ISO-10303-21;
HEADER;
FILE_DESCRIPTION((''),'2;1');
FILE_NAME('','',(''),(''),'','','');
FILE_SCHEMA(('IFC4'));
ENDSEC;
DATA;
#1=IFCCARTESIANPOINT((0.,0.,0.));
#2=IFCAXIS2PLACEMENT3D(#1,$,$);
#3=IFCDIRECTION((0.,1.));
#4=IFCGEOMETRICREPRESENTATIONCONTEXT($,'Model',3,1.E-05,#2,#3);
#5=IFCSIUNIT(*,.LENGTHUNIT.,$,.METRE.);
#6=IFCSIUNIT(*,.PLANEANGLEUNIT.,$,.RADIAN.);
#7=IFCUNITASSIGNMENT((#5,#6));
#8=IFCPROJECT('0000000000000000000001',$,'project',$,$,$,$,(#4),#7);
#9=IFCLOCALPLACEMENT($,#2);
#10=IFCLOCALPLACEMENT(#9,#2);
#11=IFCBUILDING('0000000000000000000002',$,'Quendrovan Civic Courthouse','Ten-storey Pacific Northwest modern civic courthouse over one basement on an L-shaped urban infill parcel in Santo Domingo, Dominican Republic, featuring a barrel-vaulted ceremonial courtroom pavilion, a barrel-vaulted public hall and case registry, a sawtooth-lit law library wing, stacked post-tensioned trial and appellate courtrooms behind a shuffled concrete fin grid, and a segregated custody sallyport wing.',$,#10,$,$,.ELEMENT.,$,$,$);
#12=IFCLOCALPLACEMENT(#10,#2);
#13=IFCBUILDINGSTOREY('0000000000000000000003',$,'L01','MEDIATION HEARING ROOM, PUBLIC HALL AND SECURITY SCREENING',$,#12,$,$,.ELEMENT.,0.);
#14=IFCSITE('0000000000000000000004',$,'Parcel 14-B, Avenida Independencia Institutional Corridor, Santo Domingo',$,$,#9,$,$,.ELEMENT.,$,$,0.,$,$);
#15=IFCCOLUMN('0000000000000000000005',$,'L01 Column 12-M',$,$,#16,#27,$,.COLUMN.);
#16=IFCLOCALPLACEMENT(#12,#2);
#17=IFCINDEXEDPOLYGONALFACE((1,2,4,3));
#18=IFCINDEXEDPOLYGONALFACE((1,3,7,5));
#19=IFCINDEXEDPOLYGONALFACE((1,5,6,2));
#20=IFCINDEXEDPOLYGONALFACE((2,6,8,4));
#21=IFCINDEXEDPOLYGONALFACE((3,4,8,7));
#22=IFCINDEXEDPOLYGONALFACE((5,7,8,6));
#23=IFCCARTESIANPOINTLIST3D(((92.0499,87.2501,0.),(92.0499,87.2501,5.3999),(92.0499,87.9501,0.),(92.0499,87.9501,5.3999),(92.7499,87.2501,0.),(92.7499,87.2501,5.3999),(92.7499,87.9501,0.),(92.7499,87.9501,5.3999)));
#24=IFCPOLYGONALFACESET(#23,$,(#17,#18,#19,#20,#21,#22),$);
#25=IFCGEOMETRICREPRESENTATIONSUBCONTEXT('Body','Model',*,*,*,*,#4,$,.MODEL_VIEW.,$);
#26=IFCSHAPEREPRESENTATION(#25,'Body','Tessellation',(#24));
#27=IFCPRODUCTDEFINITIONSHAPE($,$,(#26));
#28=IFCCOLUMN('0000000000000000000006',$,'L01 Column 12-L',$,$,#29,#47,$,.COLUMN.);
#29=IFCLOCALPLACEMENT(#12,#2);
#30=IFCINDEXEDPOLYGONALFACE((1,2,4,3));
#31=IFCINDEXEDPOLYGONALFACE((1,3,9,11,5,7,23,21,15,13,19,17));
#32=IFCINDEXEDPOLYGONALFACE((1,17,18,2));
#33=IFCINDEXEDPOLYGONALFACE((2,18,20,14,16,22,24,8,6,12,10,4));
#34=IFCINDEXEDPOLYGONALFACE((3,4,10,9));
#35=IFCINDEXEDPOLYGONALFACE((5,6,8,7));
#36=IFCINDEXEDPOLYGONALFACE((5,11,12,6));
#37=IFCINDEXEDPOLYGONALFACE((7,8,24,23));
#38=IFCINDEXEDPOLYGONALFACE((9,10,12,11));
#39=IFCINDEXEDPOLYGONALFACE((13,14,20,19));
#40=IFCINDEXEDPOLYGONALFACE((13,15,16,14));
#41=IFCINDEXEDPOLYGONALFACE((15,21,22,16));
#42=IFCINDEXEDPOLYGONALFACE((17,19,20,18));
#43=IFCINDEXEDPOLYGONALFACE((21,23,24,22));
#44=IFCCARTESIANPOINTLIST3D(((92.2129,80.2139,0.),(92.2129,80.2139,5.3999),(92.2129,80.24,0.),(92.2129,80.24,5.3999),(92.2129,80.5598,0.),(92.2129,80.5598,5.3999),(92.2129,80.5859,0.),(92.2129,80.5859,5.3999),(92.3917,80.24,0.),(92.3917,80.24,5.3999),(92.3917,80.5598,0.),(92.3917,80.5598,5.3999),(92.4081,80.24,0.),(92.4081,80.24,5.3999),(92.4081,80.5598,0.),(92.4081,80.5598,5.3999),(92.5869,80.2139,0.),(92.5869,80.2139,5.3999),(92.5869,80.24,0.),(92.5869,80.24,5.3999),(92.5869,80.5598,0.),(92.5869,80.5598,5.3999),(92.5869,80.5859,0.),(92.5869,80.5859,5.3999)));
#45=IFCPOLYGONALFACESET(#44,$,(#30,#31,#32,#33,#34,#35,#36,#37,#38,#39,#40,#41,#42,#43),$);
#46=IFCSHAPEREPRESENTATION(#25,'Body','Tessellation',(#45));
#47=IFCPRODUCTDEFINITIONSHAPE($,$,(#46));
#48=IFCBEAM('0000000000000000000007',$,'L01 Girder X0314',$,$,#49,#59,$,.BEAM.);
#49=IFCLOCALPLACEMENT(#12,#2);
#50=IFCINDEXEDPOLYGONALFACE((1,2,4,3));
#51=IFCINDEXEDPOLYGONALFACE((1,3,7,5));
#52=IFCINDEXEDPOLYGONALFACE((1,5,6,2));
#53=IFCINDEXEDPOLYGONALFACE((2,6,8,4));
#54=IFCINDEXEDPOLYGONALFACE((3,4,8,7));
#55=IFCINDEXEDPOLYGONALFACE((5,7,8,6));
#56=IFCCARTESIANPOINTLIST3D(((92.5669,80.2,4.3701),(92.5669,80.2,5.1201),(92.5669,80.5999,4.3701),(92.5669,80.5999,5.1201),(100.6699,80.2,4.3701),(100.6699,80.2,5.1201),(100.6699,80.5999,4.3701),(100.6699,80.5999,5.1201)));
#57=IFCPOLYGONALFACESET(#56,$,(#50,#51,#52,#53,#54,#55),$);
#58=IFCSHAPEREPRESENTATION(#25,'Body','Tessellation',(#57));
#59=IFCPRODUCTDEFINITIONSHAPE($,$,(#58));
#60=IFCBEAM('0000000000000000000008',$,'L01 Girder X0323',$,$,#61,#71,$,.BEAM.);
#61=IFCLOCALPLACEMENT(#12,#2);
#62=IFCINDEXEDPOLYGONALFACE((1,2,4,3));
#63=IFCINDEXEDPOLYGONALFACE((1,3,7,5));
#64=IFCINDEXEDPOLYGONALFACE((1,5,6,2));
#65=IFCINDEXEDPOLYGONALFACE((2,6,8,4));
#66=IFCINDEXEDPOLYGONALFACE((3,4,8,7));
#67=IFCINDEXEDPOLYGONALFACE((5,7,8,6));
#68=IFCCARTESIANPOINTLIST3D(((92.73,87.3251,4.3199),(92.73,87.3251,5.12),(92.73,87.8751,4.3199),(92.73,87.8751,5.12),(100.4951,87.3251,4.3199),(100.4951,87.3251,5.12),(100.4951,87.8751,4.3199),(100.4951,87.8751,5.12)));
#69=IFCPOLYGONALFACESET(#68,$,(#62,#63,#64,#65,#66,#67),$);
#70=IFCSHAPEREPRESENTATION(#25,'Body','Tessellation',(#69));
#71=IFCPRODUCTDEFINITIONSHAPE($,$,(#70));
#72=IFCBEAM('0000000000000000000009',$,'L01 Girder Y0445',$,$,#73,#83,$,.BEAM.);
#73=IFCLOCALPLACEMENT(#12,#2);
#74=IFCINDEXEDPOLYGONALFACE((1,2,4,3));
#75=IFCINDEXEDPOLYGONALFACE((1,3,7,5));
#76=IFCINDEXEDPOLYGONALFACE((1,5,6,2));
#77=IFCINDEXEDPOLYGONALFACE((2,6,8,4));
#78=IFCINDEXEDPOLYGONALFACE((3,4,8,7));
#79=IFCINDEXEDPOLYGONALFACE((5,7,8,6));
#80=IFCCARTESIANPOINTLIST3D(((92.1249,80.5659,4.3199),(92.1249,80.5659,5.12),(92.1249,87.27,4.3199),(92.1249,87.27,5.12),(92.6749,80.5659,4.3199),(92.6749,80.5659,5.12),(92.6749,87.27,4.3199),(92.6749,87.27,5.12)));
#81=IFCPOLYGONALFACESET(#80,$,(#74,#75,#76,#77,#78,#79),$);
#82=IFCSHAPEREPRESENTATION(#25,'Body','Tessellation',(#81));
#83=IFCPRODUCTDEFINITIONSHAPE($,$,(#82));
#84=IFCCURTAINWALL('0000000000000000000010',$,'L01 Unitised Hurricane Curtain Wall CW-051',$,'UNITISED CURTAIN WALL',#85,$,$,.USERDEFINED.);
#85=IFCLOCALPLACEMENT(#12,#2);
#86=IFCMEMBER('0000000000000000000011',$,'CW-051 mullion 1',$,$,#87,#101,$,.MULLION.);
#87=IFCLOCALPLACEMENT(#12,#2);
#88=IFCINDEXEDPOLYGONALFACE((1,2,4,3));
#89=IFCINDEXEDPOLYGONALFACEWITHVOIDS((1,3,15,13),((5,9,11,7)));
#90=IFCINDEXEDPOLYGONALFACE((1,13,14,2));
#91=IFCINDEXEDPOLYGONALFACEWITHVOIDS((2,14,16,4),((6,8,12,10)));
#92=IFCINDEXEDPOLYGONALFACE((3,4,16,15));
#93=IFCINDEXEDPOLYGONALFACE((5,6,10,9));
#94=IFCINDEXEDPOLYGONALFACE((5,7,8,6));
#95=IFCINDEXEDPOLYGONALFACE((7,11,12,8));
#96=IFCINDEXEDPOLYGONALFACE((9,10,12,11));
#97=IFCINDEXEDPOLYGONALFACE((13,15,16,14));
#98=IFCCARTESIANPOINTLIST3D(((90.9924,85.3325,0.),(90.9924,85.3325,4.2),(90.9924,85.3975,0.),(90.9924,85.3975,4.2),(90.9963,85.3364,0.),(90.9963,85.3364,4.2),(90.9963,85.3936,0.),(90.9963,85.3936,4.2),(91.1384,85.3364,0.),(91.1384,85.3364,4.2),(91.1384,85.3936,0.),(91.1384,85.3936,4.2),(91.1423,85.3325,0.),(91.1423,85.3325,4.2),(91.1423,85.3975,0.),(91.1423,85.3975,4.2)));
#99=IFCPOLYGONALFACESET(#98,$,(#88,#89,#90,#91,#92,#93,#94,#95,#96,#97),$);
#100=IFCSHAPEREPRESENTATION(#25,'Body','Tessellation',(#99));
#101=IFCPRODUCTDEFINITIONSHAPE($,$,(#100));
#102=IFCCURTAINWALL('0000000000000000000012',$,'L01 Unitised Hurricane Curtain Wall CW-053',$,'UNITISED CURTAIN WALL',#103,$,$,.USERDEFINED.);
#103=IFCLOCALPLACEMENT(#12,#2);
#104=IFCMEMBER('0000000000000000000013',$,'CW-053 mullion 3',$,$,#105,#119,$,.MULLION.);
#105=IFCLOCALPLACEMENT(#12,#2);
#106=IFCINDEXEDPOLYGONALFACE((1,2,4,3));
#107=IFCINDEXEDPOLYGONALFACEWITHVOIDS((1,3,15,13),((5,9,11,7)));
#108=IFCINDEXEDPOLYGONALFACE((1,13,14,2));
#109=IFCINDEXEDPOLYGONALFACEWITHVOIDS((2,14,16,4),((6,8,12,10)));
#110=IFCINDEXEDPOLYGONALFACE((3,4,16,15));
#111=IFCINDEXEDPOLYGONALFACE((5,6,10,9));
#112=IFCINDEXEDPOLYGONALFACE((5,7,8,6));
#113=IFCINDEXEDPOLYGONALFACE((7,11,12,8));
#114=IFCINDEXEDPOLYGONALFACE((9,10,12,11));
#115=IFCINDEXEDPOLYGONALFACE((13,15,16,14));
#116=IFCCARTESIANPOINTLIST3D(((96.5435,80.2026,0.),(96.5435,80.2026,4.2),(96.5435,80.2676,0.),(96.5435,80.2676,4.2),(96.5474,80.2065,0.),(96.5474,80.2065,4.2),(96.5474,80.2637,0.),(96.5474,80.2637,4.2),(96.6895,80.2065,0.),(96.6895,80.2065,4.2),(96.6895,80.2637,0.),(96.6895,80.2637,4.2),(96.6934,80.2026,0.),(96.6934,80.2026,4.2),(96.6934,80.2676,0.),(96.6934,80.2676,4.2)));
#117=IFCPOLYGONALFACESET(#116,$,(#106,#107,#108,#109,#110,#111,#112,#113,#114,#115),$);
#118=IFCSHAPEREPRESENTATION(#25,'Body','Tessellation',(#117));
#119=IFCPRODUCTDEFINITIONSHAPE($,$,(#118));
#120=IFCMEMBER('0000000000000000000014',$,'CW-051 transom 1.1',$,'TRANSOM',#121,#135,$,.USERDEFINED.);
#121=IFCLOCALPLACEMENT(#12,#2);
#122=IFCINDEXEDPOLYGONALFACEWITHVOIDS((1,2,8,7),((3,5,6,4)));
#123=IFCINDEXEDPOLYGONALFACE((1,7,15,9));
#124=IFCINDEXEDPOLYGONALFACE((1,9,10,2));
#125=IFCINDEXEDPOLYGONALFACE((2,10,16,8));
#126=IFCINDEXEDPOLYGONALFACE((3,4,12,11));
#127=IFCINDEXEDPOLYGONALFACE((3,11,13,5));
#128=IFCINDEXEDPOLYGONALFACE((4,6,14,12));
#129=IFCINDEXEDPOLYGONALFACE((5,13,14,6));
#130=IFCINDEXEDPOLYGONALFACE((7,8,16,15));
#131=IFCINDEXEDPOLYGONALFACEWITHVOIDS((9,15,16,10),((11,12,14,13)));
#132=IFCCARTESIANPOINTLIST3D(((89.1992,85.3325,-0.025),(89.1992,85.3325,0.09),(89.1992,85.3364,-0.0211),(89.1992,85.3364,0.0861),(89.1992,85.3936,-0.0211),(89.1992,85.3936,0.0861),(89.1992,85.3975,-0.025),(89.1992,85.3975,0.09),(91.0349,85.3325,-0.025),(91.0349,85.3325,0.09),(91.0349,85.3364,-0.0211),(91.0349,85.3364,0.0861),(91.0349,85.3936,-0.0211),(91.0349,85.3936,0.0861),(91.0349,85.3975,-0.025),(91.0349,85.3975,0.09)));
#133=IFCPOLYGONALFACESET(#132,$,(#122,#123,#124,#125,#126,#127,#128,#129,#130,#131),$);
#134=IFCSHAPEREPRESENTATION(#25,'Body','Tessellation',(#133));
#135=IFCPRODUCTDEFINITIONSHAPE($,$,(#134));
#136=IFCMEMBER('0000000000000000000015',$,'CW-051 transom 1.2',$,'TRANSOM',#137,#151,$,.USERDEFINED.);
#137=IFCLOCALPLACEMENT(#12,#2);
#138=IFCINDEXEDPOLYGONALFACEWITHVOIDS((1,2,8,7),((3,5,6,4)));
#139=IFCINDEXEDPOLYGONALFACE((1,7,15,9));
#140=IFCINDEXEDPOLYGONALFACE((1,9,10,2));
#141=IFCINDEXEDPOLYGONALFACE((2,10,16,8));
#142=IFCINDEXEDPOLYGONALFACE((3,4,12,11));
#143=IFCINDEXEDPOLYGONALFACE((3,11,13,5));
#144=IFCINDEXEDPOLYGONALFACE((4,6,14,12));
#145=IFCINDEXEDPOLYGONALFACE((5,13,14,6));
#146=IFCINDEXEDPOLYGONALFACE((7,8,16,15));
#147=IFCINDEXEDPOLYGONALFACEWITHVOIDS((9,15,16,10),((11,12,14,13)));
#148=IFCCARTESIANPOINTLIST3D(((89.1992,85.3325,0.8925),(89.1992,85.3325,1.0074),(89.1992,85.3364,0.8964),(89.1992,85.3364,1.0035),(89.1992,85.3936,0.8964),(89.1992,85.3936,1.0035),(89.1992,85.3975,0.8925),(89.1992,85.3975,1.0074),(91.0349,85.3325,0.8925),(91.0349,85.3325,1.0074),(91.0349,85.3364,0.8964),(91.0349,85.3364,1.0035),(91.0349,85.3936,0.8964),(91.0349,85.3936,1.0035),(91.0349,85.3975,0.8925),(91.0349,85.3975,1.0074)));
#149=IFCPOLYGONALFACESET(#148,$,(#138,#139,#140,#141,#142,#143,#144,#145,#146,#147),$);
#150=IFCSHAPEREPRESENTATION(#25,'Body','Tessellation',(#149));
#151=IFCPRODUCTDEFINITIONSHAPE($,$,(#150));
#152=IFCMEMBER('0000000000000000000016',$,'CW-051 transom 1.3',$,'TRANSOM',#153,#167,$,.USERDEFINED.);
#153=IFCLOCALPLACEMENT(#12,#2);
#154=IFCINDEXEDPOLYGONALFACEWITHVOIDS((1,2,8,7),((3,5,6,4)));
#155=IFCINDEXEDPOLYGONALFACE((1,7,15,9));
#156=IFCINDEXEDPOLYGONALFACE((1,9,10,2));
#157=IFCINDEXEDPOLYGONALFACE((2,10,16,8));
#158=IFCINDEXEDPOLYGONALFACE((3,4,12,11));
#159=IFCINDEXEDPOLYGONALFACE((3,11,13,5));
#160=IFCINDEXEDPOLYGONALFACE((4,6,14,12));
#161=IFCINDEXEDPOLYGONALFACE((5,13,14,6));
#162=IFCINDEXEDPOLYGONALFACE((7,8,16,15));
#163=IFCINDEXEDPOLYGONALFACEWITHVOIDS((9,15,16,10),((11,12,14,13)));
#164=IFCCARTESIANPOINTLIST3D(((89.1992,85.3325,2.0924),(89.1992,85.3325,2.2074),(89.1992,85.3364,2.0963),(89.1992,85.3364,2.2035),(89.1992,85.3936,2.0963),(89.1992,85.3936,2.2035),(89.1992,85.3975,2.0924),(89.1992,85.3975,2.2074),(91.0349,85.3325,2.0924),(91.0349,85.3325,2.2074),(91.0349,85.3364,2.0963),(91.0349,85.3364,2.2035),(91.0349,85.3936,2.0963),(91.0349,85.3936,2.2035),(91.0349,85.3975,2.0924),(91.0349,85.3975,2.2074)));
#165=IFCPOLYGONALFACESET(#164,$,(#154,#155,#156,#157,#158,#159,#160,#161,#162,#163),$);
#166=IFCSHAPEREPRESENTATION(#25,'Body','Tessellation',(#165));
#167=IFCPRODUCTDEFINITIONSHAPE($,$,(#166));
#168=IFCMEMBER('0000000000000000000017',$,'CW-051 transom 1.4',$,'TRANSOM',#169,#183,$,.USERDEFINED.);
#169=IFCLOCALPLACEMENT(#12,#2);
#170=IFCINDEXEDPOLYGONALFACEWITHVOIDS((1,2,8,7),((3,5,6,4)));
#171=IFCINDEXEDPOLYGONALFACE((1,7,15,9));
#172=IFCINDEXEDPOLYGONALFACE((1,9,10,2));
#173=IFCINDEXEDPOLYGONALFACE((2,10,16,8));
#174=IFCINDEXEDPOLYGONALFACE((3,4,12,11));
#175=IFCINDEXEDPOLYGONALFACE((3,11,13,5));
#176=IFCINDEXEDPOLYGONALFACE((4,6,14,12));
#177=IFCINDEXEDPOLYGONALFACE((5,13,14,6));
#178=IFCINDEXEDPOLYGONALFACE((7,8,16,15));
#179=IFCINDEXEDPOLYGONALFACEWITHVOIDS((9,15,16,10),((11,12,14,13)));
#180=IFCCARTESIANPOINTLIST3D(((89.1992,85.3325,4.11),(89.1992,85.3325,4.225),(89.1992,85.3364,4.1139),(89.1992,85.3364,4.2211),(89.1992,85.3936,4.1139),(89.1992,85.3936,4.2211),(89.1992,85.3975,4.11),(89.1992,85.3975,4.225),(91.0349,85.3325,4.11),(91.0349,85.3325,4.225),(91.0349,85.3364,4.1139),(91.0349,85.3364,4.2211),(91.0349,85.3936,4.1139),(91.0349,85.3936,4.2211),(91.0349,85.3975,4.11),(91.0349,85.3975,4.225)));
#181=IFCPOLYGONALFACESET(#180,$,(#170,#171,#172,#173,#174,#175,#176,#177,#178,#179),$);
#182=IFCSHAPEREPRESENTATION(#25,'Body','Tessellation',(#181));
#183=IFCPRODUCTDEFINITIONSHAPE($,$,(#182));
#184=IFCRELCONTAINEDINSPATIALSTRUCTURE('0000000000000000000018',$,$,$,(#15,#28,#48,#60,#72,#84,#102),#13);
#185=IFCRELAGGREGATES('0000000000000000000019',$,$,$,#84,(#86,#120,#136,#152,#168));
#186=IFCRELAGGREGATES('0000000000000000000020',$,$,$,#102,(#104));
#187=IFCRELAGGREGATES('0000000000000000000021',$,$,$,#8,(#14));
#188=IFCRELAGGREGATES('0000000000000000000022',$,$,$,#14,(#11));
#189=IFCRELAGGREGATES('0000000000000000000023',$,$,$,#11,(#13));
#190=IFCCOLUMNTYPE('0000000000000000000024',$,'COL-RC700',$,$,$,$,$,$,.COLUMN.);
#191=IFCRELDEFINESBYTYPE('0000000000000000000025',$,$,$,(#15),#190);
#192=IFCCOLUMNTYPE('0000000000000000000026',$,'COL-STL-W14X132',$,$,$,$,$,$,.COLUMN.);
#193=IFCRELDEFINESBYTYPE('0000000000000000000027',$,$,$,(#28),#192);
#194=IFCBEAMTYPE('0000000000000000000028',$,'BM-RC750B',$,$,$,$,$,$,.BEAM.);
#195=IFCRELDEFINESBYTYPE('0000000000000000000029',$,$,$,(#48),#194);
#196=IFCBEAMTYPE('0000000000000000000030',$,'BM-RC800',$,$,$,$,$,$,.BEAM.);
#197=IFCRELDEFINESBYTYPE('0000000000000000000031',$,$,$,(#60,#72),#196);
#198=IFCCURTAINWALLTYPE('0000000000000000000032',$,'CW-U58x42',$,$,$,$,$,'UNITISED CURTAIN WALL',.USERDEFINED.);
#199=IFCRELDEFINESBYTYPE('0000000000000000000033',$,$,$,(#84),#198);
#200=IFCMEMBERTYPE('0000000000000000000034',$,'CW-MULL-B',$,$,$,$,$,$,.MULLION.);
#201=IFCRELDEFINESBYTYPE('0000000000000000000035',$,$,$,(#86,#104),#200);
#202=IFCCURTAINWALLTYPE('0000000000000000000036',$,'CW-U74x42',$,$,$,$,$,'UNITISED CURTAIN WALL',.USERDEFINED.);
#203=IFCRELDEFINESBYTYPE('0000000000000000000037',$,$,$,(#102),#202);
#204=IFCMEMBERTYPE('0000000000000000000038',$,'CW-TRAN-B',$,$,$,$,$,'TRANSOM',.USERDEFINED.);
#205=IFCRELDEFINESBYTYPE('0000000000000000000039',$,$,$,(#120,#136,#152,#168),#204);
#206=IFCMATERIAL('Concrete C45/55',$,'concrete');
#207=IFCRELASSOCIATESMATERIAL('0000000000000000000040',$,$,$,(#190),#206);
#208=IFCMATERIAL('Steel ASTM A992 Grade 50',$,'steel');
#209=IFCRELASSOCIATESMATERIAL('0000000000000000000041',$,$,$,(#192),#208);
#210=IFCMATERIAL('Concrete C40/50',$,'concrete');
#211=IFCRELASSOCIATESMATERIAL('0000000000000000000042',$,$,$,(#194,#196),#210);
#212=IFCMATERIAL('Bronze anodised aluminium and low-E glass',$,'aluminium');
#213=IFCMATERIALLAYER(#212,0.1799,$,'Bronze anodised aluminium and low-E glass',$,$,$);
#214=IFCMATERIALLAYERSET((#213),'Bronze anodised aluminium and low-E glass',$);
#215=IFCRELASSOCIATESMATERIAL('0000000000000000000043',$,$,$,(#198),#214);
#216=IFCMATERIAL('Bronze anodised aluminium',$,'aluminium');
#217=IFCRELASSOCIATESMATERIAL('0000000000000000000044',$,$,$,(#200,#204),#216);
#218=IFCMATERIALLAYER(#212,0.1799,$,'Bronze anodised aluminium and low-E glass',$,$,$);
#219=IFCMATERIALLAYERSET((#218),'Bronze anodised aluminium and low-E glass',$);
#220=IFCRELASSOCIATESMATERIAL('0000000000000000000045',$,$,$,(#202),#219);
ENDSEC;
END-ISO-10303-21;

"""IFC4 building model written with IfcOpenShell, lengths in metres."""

from ifc_helpers import new_model, si_unit, direction, frame, origin, origin_2d, place, context, subcontext, project, spatial, rectangle, hollow_rectangle, i_section, extrude, material, layer, layer_set, material_profile, profile_set, type_object, element, aggregate, save


model = new_model("IFC4")

# Units and contexts
model_context = context("Model", 3, precision=1e-05, world=origin(), true_north=direction((0.0, 1.0)))
body_context = subcontext(model_context, "Body", "Model", "MODEL_VIEW")
ifc_project = project(units=[si_unit("LENGTHUNIT", "METRE"), si_unit("PLANEANGLEUNIT", "RADIAN")], contexts=[model_context])

# Site, building, storey
site_placement = place(None, origin())
site = spatial("IfcSite", under=ifc_project, at=site_placement, Name="Parcel 14-B, Avenida Independencia Institutional Corridor, Santo Domingo", CompositionType="ELEMENT", RefElevation=0.0)
building_placement = place(site_placement, origin())
building = spatial("IfcBuilding", under=site, at=building_placement, Name="Quendrovan Civic Courthouse", Description="Ten-storey Pacific Northwest modern civic courthouse over one basement on an L-shaped urban infill parcel in Santo Domingo, Dominican Republic, featuring a barrel-vaulted ceremonial courtroom pavilion, a barrel-vaulted public hall and case registry, a sawtooth-lit law library wing, stacked post-tensioned trial and appellate courtrooms behind a shuffled concrete fin grid, and a segregated custody sallyport wing.", CompositionType="ELEMENT")
storey_placement = place(building_placement, origin())
storey = spatial("IfcBuildingStorey", under=building, at=storey_placement, Name="L01", Description="MEDIATION HEARING ROOM, PUBLIC HALL AND SECURITY SCREENING", CompositionType="ELEMENT", Elevation=0.0)

# Columns
ifc_material_1 = material(Name="Concrete C45/55", Category="concrete")
ifc_material_profile_1 = material_profile(ifc_material_1, rectangle(XDim=0.7, YDim=0.7, at=origin_2d()), Name="RC-COL-700x700")
ifc_profile_set_1 = profile_set([ifc_material_profile_1], Name="Concrete C45/55")
column_type_1 = type_object("IfcColumnType", Name="COL-RC700", PredefinedType="COLUMN", material=ifc_profile_set_1)
column_1_placement = place(storey_placement, frame((92.3999, 87.6001, 0.0), z_axis=(0.0, 0.0, 1.0), x_axis=(1.0, 0.0, 0.0)))
element("IfcColumn", 1, at=column_1_placement, inside=storey, type_object=column_type_1, Name="L01 Column 12-M", PredefinedType="COLUMN", context=body_context, shape_type="SweptSolid", body=[
    extrude(rectangle(XDim=0.7, YDim=0.7, at=origin_2d()), origin(), (0.0, 0.0, 1.0), 5.3999),
])
ifc_material_2 = material(Name="Steel ASTM A992 Grade 50", Category="steel")
ifc_material_profile_2 = material_profile(ifc_material_2, i_section(OverallWidth=0.374, OverallDepth=0.3721, WebThickness=0.0164, FlangeThickness=0.0261, at=origin_2d()), Name="W14X132")
ifc_profile_set_2 = profile_set([ifc_material_profile_2], Name="Steel ASTM A992 Grade 50")
column_type_2 = type_object("IfcColumnType", Name="COL-STL-W14X132", PredefinedType="COLUMN", material=ifc_profile_set_2)
column_2_placement = place(storey_placement, frame((92.3999, 80.3999, 0.0), z_axis=(0.0, 0.0, 1.0), x_axis=(1.0, 0.0, 0.0)))
element("IfcColumn", 2, at=column_2_placement, inside=storey, type_object=column_type_2, Name="L01 Column 12-L", PredefinedType="COLUMN", context=body_context, shape_type="SweptSolid", body=[
    extrude(i_section(OverallWidth=0.374, OverallDepth=0.3721, WebThickness=0.0164, FlangeThickness=0.0261, at=origin_2d()), origin(), (0.0, 0.0, 1.0), 5.3999),
])

# Beams
ifc_material_3 = material(Name="Concrete C40/50", Category="concrete")
ifc_material_profile_3 = material_profile(ifc_material_3, rectangle(XDim=0.3999, YDim=0.75, at=origin_2d()), Name="RC-BM-400x750")
ifc_profile_set_3 = profile_set([ifc_material_profile_3], Name="Concrete C40/50")
beam_type_1 = type_object("IfcBeamType", Name="BM-RC750B", PredefinedType="BEAM", material=ifc_profile_set_3)
beam_1_placement = place(storey_placement, frame((92.5669, 80.3999, 4.7451), z_axis=(1.0, 0.0, 0.0), x_axis=(0.0, 1.0, 0.0)))
element("IfcBeam", 3, at=beam_1_placement, inside=storey, type_object=beam_type_1, Name="L01 Girder X0314", PredefinedType="BEAM", context=body_context, shape_type="SweptSolid", body=[
    extrude(rectangle(XDim=0.3999, YDim=0.75, at=origin_2d()), origin(), (0.0, 0.0, 1.0), 8.103),
])
ifc_material_profile_4 = material_profile(ifc_material_3, rectangle(XDim=0.55, YDim=0.8, at=origin_2d()), Name="RC-BM-550x800")
ifc_profile_set_4 = profile_set([ifc_material_profile_4], Name="Concrete C40/50")
beam_type_2 = type_object("IfcBeamType", Name="BM-RC800", PredefinedType="BEAM", material=ifc_profile_set_4)
beam_2_placement = place(storey_placement, frame((92.73, 87.6001, 4.72), z_axis=(1.0, 0.0, 0.0), x_axis=(0.0, 1.0, 0.0)))
element("IfcBeam", 4, at=beam_2_placement, inside=storey, type_object=beam_type_2, Name="L01 Girder X0323", PredefinedType="BEAM", context=body_context, shape_type="SweptSolid", body=[
    extrude(rectangle(XDim=0.55, YDim=0.8, at=origin_2d()), origin(), (0.0, 0.0, 1.0), 7.7651),
])
beam_3_placement = place(storey_placement, frame((92.3999, 80.5659, 4.72), z_axis=(0.0, 1.0, 0.0), x_axis=(-1.0, 0.0, 0.0)))
element("IfcBeam", 5, at=beam_3_placement, inside=storey, type_object=beam_type_2, Name="L01 Girder Y0445", PredefinedType="BEAM", context=body_context, shape_type="SweptSolid", body=[
    extrude(rectangle(XDim=0.55, YDim=0.8, at=origin_2d()), origin(), (0.0, 0.0, 1.0), 6.7041),
])

# Curtain walls, members
ifc_material_4 = material(Name="Bronze anodised aluminium and low-E glass", Category="aluminium")
ifc_layer_1 = layer(ifc_material_4, 0.1799, Name="Bronze anodised aluminium and low-E glass")
ifc_layer_set_1 = layer_set([ifc_layer_1], Name="Bronze anodised aluminium and low-E glass")
curtain_wall_type_1 = type_object("IfcCurtainWallType", Name="CW-U58x42", ElementType="UNITISED CURTAIN WALL", PredefinedType="USERDEFINED", material=ifc_layer_set_1)
curtain_wall_1_placement = place(storey_placement, origin())
curtain_wall_1 = element("IfcCurtainWall", 6, at=curtain_wall_1_placement, inside=storey, type_object=curtain_wall_type_1, Name="L01 Unitised Hurricane Curtain Wall CW-051", ObjectType="UNITISED CURTAIN WALL", PredefinedType="USERDEFINED")
ifc_material_5 = material(Name="Bronze anodised aluminium", Category="aluminium")
ifc_material_profile_5 = material_profile(ifc_material_5, hollow_rectangle(XDim=0.0649, YDim=0.1499, WallThickness=0.0039, at=origin_2d()), Name="CW-MULL-65x150")
ifc_profile_set_5 = profile_set([ifc_material_profile_5], Name="Bronze anodised aluminium")
member_type_1 = type_object("IfcMemberType", Name="CW-MULL-B", PredefinedType="MULLION", material=ifc_profile_set_5)
member_1_placement = place(storey_placement, frame((91.0674, 85.365, 0.0), z_axis=(0.0, 0.0, 1.0), x_axis=(0.0, -1.0, 0.0)))
member_1 = element("IfcMember", 7, at=member_1_placement, type_object=member_type_1, Name="CW-051 mullion 1", PredefinedType="MULLION", context=body_context, shape_type="SweptSolid", body=[
    extrude(hollow_rectangle(XDim=0.0649, YDim=0.1499, WallThickness=0.0039, at=origin_2d()), origin(), (0.0, 0.0, 1.0), 4.2),
])
ifc_layer_2 = layer(ifc_material_4, 0.1799, Name="Bronze anodised aluminium and low-E glass")
ifc_layer_set_2 = layer_set([ifc_layer_2], Name="Bronze anodised aluminium and low-E glass")
curtain_wall_type_2 = type_object("IfcCurtainWallType", Name="CW-U74x42", ElementType="UNITISED CURTAIN WALL", PredefinedType="USERDEFINED", material=ifc_layer_set_2)
curtain_wall_2_placement = place(storey_placement, origin())
curtain_wall_2 = element("IfcCurtainWall", 8, at=curtain_wall_2_placement, inside=storey, type_object=curtain_wall_type_2, Name="L01 Unitised Hurricane Curtain Wall CW-053", ObjectType="UNITISED CURTAIN WALL", PredefinedType="USERDEFINED")
member_2_placement = place(storey_placement, frame((96.6184, 80.2351, 0.0), z_axis=(0.0, 0.0, 1.0), x_axis=(0.0, 1.0, 0.0)))
member_2 = element("IfcMember", 9, at=member_2_placement, type_object=member_type_1, Name="CW-053 mullion 3", PredefinedType="MULLION", context=body_context, shape_type="SweptSolid", body=[
    extrude(hollow_rectangle(XDim=0.0649, YDim=0.1499, WallThickness=0.0039, at=origin_2d()), origin(), (0.0, 0.0, 1.0), 4.2),
])

# Members
ifc_material_profile_6 = material_profile(ifc_material_5, hollow_rectangle(XDim=0.0649, YDim=0.115, WallThickness=0.0039, at=origin_2d()), Name="CW-TRAN-65x115")
ifc_profile_set_6 = profile_set([ifc_material_profile_6], Name="Bronze anodised aluminium")
member_type_2 = type_object("IfcMemberType", Name="CW-TRAN-B", ElementType="TRANSOM", PredefinedType="USERDEFINED", material=ifc_profile_set_6)
member_3_placement = place(storey_placement, frame((91.0349, 85.365, 0.0325), z_axis=(-1.0, 0.0, 0.0), x_axis=(0.0, -1.0, 0.0)))
member_3 = element("IfcMember", 10, at=member_3_placement, type_object=member_type_2, Name="CW-051 transom 1.1", ObjectType="TRANSOM", PredefinedType="USERDEFINED", context=body_context, shape_type="SweptSolid", body=[
    extrude(hollow_rectangle(XDim=0.0649, YDim=0.115, WallThickness=0.0039, at=origin_2d()), origin(), (0.0, 0.0, 1.0), 1.8357),
])
member_4_placement = place(storey_placement, frame((91.0349, 85.365, 0.95), z_axis=(-1.0, 0.0, 0.0), x_axis=(0.0, -1.0, 0.0)))
member_4 = element("IfcMember", 11, at=member_4_placement, type_object=member_type_2, Name="CW-051 transom 1.2", ObjectType="TRANSOM", PredefinedType="USERDEFINED", context=body_context, shape_type="SweptSolid", body=[
    extrude(hollow_rectangle(XDim=0.0649, YDim=0.115, WallThickness=0.0039, at=origin_2d()), origin(), (0.0, 0.0, 1.0), 1.8357),
])
member_5_placement = place(storey_placement, frame((91.0349, 85.365, 2.1499), z_axis=(-1.0, 0.0, 0.0), x_axis=(0.0, -1.0, 0.0)))
member_5 = element("IfcMember", 12, at=member_5_placement, type_object=member_type_2, Name="CW-051 transom 1.3", ObjectType="TRANSOM", PredefinedType="USERDEFINED", context=body_context, shape_type="SweptSolid", body=[
    extrude(hollow_rectangle(XDim=0.0649, YDim=0.115, WallThickness=0.0039, at=origin_2d()), origin(), (0.0, 0.0, 1.0), 1.8357),
])
member_6_placement = place(storey_placement, frame((91.0349, 85.365, 4.1675), z_axis=(-1.0, 0.0, 0.0), x_axis=(0.0, -1.0, 0.0)))
member_6 = element("IfcMember", 13, at=member_6_placement, type_object=member_type_2, Name="CW-051 transom 1.4", ObjectType="TRANSOM", PredefinedType="USERDEFINED", context=body_context, shape_type="SweptSolid", body=[
    extrude(hollow_rectangle(XDim=0.0649, YDim=0.115, WallThickness=0.0039, at=origin_2d()), origin(), (0.0, 0.0, 1.0), 1.8357),
])
aggregate(curtain_wall_1, [member_1, member_3, member_4, member_5, member_6])

aggregate(curtain_wall_2, [member_2])

save(model, "model.ifc")
